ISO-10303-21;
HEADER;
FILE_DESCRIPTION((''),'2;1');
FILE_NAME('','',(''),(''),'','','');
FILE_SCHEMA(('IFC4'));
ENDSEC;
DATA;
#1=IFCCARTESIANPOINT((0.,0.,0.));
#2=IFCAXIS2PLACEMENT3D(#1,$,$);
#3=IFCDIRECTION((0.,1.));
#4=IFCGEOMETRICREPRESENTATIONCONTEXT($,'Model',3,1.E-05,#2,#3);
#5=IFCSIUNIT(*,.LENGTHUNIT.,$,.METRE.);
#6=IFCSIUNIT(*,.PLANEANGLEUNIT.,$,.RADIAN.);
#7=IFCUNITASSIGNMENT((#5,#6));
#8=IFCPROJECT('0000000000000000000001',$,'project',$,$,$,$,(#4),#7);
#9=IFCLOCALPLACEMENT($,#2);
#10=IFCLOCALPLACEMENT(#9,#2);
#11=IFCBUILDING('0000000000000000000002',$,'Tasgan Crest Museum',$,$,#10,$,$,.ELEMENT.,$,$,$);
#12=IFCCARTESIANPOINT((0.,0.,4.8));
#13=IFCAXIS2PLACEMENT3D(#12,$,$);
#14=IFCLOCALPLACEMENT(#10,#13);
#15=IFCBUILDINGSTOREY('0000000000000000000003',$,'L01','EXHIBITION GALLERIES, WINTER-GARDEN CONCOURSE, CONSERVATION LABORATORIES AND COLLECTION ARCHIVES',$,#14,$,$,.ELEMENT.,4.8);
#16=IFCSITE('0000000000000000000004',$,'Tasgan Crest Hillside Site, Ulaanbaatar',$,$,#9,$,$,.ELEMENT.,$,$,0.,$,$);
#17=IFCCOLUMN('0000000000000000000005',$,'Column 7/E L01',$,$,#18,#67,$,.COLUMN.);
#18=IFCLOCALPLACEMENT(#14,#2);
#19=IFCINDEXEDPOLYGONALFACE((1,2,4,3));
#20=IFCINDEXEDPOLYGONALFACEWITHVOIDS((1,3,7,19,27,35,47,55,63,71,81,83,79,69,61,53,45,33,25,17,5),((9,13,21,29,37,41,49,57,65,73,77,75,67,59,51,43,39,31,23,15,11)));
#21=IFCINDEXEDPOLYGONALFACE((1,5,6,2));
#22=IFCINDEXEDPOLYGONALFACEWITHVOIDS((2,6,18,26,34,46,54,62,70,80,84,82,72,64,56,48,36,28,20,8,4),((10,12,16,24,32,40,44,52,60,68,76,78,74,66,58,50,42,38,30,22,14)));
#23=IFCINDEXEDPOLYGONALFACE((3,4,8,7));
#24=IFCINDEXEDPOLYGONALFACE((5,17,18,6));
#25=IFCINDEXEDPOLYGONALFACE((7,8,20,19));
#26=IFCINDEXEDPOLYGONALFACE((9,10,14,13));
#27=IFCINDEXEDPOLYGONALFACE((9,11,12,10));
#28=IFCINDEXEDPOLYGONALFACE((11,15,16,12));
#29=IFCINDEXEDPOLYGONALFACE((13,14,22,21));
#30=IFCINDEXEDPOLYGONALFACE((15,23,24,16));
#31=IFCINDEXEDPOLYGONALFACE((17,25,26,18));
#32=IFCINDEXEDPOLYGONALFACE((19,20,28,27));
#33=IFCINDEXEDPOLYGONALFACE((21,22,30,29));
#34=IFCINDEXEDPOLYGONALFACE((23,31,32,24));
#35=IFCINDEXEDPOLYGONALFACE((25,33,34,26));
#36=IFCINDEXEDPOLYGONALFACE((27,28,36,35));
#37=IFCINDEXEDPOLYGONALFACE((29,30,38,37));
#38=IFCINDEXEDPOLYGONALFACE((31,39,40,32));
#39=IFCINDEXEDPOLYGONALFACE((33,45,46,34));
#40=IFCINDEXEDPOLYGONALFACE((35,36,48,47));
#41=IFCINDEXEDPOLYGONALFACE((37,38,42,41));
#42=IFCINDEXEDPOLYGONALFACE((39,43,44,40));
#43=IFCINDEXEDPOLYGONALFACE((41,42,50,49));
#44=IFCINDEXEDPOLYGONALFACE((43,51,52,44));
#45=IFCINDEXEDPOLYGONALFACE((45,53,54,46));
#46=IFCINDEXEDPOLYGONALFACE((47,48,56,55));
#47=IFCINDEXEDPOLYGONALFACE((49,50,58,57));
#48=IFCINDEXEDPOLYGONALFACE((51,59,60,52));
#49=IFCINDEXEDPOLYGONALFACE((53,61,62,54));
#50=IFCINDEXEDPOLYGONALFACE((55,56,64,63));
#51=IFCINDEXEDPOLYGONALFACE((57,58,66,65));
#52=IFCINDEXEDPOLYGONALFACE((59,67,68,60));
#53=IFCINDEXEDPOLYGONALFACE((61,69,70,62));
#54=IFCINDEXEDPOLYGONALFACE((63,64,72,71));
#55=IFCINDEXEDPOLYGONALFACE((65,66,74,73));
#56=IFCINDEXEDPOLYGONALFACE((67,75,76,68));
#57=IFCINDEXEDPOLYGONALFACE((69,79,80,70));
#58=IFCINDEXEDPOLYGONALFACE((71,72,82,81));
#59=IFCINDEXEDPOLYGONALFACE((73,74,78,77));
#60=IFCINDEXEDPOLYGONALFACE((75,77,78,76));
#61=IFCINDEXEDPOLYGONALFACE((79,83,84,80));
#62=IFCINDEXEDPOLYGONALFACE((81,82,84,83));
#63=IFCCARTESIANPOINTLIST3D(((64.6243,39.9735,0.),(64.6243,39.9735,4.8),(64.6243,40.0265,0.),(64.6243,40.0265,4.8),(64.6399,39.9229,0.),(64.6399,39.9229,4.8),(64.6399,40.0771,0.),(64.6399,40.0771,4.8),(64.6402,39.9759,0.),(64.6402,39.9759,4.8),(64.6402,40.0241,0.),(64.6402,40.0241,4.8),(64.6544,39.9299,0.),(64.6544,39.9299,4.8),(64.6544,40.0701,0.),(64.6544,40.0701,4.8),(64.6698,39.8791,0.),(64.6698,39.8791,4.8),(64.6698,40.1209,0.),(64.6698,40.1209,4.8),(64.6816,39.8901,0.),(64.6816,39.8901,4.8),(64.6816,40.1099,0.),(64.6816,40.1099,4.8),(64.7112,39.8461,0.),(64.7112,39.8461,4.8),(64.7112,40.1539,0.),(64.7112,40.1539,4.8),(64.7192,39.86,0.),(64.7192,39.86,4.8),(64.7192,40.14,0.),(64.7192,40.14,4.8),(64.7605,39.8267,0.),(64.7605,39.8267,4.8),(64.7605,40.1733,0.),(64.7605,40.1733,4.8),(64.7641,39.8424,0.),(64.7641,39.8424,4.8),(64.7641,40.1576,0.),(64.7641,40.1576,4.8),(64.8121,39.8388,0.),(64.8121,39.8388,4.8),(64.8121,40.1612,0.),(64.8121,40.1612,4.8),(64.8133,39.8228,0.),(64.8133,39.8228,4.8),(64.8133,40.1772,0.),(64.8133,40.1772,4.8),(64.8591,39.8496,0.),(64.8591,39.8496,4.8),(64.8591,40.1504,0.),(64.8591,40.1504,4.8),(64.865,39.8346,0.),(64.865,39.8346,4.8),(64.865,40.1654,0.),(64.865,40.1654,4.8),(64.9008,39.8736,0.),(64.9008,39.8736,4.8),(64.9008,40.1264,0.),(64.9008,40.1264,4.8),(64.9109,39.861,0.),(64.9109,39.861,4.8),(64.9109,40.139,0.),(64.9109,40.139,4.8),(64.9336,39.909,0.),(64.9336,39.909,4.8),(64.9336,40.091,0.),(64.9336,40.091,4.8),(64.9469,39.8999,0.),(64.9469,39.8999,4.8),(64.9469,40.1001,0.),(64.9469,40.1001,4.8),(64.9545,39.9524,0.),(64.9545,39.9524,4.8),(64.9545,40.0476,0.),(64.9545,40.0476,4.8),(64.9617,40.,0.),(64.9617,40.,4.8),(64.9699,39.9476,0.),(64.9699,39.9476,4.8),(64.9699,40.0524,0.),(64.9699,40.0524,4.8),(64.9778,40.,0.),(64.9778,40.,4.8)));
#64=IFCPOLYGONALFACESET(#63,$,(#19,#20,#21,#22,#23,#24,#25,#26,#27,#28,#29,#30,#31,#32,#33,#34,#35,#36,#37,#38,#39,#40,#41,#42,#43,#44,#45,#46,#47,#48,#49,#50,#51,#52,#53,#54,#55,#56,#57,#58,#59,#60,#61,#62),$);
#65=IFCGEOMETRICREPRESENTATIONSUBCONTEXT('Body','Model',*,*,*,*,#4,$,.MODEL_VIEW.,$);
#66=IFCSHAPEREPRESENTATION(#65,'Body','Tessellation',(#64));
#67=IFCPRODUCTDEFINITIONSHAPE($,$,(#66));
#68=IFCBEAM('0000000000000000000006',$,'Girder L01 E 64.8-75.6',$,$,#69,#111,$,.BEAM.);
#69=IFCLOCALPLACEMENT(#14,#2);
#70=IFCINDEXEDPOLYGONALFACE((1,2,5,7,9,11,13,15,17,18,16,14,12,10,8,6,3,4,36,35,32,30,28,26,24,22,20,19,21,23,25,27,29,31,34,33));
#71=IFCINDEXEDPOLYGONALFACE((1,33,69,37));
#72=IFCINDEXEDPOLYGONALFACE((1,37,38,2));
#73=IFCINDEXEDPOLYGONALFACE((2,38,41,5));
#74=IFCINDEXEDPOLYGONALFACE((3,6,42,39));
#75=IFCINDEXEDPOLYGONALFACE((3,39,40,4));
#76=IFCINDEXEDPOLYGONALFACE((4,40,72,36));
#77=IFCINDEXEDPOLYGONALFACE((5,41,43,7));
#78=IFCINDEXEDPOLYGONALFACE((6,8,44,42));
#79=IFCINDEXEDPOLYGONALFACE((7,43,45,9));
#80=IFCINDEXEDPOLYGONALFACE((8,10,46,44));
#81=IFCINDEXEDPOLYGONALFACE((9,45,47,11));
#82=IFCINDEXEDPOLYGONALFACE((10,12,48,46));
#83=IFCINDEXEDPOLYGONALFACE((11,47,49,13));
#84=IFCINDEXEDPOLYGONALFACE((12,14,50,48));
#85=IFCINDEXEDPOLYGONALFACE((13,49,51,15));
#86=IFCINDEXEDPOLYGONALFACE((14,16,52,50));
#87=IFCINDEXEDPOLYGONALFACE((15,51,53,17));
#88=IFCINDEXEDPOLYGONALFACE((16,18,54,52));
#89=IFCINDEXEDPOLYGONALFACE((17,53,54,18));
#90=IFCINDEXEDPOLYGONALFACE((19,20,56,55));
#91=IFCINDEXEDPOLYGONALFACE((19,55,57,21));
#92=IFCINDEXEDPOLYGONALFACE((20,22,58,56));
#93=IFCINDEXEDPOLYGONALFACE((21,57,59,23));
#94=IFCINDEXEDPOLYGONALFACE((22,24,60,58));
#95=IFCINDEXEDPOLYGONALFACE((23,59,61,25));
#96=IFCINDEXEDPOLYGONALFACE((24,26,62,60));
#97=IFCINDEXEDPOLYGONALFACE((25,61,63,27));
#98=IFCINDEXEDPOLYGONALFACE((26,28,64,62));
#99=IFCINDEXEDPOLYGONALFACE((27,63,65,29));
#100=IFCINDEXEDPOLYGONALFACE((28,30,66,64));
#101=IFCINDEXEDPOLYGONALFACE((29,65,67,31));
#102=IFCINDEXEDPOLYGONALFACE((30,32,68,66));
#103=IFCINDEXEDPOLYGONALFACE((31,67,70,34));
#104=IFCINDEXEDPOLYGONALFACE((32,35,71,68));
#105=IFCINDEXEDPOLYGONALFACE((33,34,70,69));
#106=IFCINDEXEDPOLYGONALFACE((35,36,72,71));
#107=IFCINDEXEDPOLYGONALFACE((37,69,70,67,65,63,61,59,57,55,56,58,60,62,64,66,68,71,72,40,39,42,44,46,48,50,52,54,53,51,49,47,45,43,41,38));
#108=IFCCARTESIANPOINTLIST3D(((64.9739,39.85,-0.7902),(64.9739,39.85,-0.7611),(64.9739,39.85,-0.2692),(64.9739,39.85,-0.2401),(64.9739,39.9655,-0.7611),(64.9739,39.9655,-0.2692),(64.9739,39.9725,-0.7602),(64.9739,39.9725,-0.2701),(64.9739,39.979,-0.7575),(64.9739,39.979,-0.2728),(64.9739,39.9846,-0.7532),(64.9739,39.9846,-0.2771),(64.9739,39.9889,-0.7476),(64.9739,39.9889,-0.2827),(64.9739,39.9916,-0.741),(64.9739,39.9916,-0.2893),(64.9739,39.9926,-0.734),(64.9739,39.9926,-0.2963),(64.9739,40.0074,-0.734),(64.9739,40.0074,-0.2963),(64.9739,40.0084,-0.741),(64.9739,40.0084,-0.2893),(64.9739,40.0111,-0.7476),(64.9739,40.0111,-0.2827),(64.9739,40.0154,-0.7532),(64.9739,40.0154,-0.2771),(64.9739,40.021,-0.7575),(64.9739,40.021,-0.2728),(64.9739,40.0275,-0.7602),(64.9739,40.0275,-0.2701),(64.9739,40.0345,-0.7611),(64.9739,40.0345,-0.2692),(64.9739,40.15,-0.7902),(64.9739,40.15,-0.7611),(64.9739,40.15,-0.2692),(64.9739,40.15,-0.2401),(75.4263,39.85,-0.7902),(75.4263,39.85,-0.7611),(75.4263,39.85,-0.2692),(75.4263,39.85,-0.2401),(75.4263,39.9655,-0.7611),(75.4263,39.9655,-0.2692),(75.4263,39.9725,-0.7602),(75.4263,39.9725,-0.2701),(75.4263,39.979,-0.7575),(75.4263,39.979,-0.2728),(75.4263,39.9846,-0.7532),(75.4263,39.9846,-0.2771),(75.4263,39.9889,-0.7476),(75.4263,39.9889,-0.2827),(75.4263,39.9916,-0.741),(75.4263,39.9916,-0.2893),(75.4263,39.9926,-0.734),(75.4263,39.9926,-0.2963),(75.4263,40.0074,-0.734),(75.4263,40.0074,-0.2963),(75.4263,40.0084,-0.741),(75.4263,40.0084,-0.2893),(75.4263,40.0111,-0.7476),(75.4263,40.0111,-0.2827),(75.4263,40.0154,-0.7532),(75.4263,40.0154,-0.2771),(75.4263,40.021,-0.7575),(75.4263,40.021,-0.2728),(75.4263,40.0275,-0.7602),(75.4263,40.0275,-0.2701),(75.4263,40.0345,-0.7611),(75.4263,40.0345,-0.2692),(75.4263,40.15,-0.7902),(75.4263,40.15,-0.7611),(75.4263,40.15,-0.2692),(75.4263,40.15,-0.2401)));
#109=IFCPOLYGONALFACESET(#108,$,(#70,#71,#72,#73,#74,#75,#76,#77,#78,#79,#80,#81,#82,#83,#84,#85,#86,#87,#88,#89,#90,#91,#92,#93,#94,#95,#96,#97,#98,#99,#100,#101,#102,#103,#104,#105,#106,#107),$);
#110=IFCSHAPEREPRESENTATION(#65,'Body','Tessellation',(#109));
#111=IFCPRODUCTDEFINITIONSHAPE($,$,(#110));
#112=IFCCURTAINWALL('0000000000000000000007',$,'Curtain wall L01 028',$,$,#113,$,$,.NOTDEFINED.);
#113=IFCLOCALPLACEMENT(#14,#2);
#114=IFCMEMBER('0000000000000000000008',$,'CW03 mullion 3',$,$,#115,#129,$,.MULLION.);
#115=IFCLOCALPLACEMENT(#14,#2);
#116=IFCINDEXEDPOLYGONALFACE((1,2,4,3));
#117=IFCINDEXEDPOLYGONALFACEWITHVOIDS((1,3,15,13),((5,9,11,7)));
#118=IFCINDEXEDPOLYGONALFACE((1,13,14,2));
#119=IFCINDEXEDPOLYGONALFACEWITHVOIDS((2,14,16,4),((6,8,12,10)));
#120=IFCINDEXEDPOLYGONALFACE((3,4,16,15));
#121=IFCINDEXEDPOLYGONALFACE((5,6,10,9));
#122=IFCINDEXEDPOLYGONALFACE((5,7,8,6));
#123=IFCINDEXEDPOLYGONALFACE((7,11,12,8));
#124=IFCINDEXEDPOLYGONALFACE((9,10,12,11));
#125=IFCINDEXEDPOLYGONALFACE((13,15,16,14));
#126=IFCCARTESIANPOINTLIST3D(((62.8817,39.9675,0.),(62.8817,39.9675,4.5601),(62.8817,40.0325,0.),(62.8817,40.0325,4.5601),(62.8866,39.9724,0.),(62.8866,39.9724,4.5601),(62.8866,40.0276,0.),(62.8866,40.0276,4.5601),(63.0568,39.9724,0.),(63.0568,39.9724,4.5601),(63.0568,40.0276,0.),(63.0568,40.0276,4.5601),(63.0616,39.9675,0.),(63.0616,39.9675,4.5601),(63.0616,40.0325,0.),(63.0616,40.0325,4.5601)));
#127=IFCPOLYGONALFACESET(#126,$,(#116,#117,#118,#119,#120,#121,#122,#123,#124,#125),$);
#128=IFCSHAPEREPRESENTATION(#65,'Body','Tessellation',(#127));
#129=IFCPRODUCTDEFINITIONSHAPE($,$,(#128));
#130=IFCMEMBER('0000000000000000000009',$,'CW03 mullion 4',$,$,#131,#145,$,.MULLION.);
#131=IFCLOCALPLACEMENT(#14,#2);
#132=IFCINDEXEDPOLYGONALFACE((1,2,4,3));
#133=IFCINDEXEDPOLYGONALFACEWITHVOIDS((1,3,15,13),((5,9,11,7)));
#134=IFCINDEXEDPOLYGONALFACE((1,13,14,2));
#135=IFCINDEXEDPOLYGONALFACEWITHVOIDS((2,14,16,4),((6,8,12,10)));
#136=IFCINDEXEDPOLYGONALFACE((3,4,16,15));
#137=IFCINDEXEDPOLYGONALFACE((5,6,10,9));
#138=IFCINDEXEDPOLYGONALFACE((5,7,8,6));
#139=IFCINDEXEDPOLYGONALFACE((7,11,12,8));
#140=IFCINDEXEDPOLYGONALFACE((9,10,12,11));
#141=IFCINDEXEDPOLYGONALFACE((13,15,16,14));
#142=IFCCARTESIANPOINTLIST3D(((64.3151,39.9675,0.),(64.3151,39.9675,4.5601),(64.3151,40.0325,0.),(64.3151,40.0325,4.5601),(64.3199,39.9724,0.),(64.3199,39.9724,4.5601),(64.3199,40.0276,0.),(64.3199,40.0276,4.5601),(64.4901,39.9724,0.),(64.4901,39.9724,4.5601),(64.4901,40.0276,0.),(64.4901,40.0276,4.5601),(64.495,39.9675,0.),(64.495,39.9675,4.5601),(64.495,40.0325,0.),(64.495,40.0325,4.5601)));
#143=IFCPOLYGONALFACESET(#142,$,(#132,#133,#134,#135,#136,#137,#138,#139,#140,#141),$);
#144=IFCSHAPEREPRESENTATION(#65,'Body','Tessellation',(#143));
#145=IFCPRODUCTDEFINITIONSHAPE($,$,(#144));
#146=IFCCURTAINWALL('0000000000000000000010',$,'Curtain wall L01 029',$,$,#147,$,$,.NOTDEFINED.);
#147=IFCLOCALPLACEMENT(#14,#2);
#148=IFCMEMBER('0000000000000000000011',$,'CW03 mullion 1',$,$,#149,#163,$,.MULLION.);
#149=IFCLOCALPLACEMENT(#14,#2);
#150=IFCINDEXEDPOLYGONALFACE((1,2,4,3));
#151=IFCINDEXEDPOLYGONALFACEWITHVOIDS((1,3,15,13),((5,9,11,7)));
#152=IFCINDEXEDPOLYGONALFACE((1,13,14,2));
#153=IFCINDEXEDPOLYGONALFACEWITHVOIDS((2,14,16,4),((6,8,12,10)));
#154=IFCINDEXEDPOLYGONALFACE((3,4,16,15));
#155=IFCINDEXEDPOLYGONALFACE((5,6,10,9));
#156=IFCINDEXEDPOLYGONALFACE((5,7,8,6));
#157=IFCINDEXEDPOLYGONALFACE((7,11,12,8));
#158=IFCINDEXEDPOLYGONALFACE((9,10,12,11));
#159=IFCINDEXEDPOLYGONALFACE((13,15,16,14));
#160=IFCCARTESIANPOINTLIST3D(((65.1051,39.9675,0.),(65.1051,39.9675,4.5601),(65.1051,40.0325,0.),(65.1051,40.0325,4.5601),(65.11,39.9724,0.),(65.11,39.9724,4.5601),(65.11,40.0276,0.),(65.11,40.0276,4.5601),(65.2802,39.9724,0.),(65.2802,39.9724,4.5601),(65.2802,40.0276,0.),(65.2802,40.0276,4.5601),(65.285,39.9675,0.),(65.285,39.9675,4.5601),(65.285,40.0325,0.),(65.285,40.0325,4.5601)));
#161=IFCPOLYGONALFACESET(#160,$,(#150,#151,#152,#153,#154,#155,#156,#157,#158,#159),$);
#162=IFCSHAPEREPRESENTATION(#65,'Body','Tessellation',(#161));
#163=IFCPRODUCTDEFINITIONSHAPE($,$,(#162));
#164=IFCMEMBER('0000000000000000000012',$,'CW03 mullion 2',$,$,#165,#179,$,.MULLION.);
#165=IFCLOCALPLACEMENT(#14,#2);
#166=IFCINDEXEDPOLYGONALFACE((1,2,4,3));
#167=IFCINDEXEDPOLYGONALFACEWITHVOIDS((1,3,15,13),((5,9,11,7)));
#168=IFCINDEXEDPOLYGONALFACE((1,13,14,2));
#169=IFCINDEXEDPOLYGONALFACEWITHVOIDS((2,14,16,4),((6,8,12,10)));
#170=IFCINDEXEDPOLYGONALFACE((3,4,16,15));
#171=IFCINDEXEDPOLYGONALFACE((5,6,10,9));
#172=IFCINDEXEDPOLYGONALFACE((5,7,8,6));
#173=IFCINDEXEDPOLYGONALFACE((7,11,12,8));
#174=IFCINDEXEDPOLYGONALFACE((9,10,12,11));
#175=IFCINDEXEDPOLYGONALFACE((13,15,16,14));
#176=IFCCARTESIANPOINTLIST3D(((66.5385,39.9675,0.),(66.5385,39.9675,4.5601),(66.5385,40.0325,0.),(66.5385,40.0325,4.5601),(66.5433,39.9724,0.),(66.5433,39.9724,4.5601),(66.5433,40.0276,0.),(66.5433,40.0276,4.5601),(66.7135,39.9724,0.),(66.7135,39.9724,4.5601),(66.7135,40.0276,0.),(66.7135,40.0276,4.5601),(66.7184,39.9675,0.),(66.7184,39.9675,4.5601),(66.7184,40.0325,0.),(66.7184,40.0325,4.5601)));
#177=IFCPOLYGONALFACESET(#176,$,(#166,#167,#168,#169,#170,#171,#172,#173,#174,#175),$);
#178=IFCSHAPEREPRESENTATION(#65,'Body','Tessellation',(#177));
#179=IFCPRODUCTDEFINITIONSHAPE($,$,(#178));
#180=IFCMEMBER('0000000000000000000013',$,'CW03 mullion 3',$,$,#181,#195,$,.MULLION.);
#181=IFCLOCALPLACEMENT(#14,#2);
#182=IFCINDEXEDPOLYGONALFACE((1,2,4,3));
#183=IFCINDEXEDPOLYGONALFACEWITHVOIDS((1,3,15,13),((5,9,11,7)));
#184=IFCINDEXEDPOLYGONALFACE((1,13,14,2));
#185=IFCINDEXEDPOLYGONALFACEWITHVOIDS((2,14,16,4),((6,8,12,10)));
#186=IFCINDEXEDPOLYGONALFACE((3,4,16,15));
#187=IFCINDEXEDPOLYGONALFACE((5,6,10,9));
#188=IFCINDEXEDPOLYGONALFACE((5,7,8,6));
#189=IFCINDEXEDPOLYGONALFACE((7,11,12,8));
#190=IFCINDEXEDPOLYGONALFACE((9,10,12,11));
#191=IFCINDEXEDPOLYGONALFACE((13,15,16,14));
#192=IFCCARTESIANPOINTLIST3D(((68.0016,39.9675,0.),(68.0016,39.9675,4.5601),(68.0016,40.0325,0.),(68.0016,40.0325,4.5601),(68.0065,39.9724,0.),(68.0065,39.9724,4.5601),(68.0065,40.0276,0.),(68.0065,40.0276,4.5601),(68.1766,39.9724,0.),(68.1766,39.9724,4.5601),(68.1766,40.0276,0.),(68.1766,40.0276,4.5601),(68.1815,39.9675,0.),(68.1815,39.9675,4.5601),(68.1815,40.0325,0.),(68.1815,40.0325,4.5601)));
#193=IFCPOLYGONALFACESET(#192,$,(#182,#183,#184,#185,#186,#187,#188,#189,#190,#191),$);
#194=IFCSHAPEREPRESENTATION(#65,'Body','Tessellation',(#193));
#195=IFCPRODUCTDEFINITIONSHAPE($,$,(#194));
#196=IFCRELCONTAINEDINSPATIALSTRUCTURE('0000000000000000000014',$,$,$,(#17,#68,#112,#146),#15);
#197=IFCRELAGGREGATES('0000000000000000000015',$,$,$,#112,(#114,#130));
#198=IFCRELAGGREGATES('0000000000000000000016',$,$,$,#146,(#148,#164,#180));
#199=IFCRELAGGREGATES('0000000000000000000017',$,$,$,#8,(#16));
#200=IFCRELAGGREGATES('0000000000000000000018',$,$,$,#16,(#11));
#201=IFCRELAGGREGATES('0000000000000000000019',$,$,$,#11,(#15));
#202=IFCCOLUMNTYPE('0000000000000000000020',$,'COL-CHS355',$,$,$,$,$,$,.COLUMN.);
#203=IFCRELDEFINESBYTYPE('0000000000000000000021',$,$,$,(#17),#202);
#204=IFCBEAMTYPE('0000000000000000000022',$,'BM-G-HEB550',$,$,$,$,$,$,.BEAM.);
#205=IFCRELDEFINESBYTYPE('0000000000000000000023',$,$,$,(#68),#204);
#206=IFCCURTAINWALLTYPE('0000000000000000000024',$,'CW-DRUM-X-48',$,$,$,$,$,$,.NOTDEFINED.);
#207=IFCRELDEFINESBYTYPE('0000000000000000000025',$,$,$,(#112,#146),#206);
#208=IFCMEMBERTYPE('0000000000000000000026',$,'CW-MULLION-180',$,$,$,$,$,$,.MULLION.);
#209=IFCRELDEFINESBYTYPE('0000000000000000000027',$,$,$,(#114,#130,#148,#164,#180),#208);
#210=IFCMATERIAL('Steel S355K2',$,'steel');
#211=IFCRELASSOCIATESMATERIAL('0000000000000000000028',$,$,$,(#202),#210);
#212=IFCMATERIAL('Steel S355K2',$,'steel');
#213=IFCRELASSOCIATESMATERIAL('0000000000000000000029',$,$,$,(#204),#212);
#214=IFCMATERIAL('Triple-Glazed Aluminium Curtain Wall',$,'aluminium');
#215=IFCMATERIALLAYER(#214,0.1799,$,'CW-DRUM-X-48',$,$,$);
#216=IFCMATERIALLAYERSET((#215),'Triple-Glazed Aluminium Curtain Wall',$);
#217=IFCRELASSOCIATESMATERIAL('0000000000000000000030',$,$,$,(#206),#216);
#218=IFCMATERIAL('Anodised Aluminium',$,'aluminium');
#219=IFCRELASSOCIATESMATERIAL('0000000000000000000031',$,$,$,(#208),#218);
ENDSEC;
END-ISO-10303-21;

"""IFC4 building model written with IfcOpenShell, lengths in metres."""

from ifc_helpers import new_model, si_unit, direction, frame, origin, origin_2d, place, context, subcontext, project, spatial, hollow_rectangle, hollow_circle, i_section, extrude, material, layer, layer_set, material_profile, profile_set, type_object, element, aggregate, save


model = new_model("IFC4")

# Units and contexts
model_context = context("Model", 3, precision=1e-05, world=origin(), true_north=direction((0.0, 1.0)))
body_context = subcontext(model_context, "Body", "Model", "MODEL_VIEW")
ifc_project = project(units=[si_unit("LENGTHUNIT", "METRE"), si_unit("PLANEANGLEUNIT", "RADIAN")], contexts=[model_context])

# Site, building, storey
site_placement = place(None, origin())
site = spatial("IfcSite", under=ifc_project, at=site_placement, Name="Tasgan Crest Hillside Site, Ulaanbaatar", CompositionType="ELEMENT", RefElevation=0.0)
building_placement = place(site_placement, origin())
building = spatial("IfcBuilding", under=site, at=building_placement, Name="Tasgan Crest Museum", CompositionType="ELEMENT")
storey_placement = place(building_placement, frame((0.0, 0.0, 4.8)))
storey = spatial("IfcBuildingStorey", under=building, at=storey_placement, Name="L01", Description="EXHIBITION GALLERIES, WINTER-GARDEN CONCOURSE, CONSERVATION LABORATORIES AND COLLECTION ARCHIVES", CompositionType="ELEMENT", Elevation=4.8)

# Column
ifc_material_1 = material(Name="Steel S355K2", Category="steel")
ifc_material_profile_1 = material_profile(ifc_material_1, hollow_circle(Radius=0.1777, WallThickness=0.0161, at=origin_2d()), Name="CHS 355.6x16")
ifc_profile_set_1 = profile_set([ifc_material_profile_1], Name="Steel S355K2")
column_type = type_object("IfcColumnType", Name="COL-CHS355", PredefinedType="COLUMN", material=ifc_profile_set_1)
column_placement = place(storey_placement, frame((64.8, 40.0, 0.0), z_axis=(0.0, 0.0, 1.0), x_axis=(1.0, 0.0, 0.0)))
element("IfcColumn", 1, at=column_placement, inside=storey, type_object=column_type, Name="Column 7/E L01", PredefinedType="COLUMN", context=body_context, shape_type="SweptSolid", body=[
    extrude(hollow_circle(Radius=0.1777, WallThickness=0.0161, at=origin_2d()), origin(), (0.0, 0.0, 1.0), 4.8),
])

# Beam
ifc_material_2 = material(Name="Steel S355K2", Category="steel")
ifc_material_profile_2 = material_profile(ifc_material_2, i_section(OverallWidth=0.3, OverallDepth=0.55, WebThickness=0.0149, FlangeThickness=0.0291, FilletRadius=0.0271, at=origin_2d()), Name="HEB 550")
ifc_profile_set_2 = profile_set([ifc_material_profile_2], Name="Steel S355K2")
beam_type = type_object("IfcBeamType", Name="BM-G-HEB550", PredefinedType="BEAM", material=ifc_profile_set_2)
beam_placement = place(storey_placement, frame((64.9739, 40.0, -0.5151), z_axis=(1.0, 0.0, 0.0), x_axis=(0.0, 1.0, 0.0)))
element("IfcBeam", 2, at=beam_placement, inside=storey, type_object=beam_type, Name="Girder L01 E 64.8-75.6", PredefinedType="BEAM", context=body_context, shape_type="SweptSolid", body=[
    extrude(i_section(OverallWidth=0.3, OverallDepth=0.55, WebThickness=0.0149, FlangeThickness=0.0291, FilletRadius=0.0271, at=origin_2d()), origin(), (0.0, 0.0, 1.0), 10.4524),
])

# Curtain walls, members
ifc_material_3 = material(Name="Triple-Glazed Aluminium Curtain Wall", Category="aluminium")
ifc_layer_1 = layer(ifc_material_3, 0.1799, Name="CW-DRUM-X-48")
ifc_layer_set_1 = layer_set([ifc_layer_1], Name="Triple-Glazed Aluminium Curtain Wall")
curtain_wall_type = type_object("IfcCurtainWallType", Name="CW-DRUM-X-48", PredefinedType="NOTDEFINED", material=ifc_layer_set_1)
curtain_wall_1_placement = place(storey_placement, origin())
curtain_wall_1 = element("IfcCurtainWall", 3, at=curtain_wall_1_placement, inside=storey, type_object=curtain_wall_type, Name="Curtain wall L01 028", PredefinedType="NOTDEFINED")
ifc_material_4 = material(Name="Anodised Aluminium", Category="aluminium")
ifc_material_profile_3 = material_profile(ifc_material_4, hollow_rectangle(XDim=0.0649, YDim=0.1799, WallThickness=0.0049, at=origin_2d()), Name="ALU MULLION 180x65x5")
ifc_profile_set_3 = profile_set([ifc_material_profile_3], Name="Anodised Aluminium")
member_type_1 = type_object("IfcMemberType", Name="CW-MULLION-180", PredefinedType="MULLION", material=ifc_profile_set_3)
member_1_placement = place(storey_placement, frame((62.9717, 40.0, 0.0), z_axis=(0.0, 0.0, 1.0), x_axis=(0.0, 1.0, 0.0)))
member_1 = element("IfcMember", 4, at=member_1_placement, type_object=member_type_1, Name="CW03 mullion 3", PredefinedType="MULLION", context=body_context, shape_type="SweptSolid", body=[
    extrude(hollow_rectangle(XDim=0.0649, YDim=0.1799, WallThickness=0.0049, at=origin_2d()), origin(), (0.0, 0.0, 1.0), 4.5601),
])
member_2_placement = place(storey_placement, frame((64.405, 40.0, 0.0), z_axis=(0.0, 0.0, 1.0), x_axis=(0.0, 1.0, 0.0)))
member_2 = element("IfcMember", 5, at=member_2_placement, type_object=member_type_1, Name="CW03 mullion 4", PredefinedType="MULLION", context=body_context, shape_type="SweptSolid", body=[
    extrude(hollow_rectangle(XDim=0.0649, YDim=0.1799, WallThickness=0.0049, at=origin_2d()), origin(), (0.0, 0.0, 1.0), 4.5601),
])
curtain_wall_2_placement = place(storey_placement, origin())
curtain_wall_2 = element("IfcCurtainWall", 6, at=curtain_wall_2_placement, inside=storey, type_object=curtain_wall_type, Name="Curtain wall L01 029", PredefinedType="NOTDEFINED")
member_3_placement = place(storey_placement, frame((65.1951, 40.0, 0.0), z_axis=(0.0, 0.0, 1.0), x_axis=(0.0, 1.0, 0.0)))
member_3 = element("IfcMember", 7, at=member_3_placement, type_object=member_type_1, Name="CW03 mullion 1", PredefinedType="MULLION", context=body_context, shape_type="SweptSolid", body=[
    extrude(hollow_rectangle(XDim=0.0649, YDim=0.1799, WallThickness=0.0049, at=origin_2d()), origin(), (0.0, 0.0, 1.0), 4.5601),
])
member_4_placement = place(storey_placement, frame((66.6284, 40.0, 0.0), z_axis=(0.0, 0.0, 1.0), x_axis=(0.0, 1.0, 0.0)))
member_4 = element("IfcMember", 8, at=member_4_placement, type_object=member_type_1, Name="CW03 mullion 2", PredefinedType="MULLION", context=body_context, shape_type="SweptSolid", body=[
    extrude(hollow_rectangle(XDim=0.0649, YDim=0.1799, WallThickness=0.0049, at=origin_2d()), origin(), (0.0, 0.0, 1.0), 4.5601),
])
member_5_placement = place(storey_placement, frame((68.0916, 40.0, 0.0), z_axis=(0.0, 0.0, 1.0), x_axis=(0.0, 1.0, 0.0)))
member_5 = element("IfcMember", 9, at=member_5_placement, type_object=member_type_1, Name="CW03 mullion 3", PredefinedType="MULLION", context=body_context, shape_type="SweptSolid", body=[
    extrude(hollow_rectangle(XDim=0.0649, YDim=0.1799, WallThickness=0.0049, at=origin_2d()), origin(), (0.0, 0.0, 1.0), 4.5601),
])

aggregate(curtain_wall_1, [member_1, member_2])
aggregate(curtain_wall_2, [member_3, member_4, member_5])

save(model, "model.ifc")
